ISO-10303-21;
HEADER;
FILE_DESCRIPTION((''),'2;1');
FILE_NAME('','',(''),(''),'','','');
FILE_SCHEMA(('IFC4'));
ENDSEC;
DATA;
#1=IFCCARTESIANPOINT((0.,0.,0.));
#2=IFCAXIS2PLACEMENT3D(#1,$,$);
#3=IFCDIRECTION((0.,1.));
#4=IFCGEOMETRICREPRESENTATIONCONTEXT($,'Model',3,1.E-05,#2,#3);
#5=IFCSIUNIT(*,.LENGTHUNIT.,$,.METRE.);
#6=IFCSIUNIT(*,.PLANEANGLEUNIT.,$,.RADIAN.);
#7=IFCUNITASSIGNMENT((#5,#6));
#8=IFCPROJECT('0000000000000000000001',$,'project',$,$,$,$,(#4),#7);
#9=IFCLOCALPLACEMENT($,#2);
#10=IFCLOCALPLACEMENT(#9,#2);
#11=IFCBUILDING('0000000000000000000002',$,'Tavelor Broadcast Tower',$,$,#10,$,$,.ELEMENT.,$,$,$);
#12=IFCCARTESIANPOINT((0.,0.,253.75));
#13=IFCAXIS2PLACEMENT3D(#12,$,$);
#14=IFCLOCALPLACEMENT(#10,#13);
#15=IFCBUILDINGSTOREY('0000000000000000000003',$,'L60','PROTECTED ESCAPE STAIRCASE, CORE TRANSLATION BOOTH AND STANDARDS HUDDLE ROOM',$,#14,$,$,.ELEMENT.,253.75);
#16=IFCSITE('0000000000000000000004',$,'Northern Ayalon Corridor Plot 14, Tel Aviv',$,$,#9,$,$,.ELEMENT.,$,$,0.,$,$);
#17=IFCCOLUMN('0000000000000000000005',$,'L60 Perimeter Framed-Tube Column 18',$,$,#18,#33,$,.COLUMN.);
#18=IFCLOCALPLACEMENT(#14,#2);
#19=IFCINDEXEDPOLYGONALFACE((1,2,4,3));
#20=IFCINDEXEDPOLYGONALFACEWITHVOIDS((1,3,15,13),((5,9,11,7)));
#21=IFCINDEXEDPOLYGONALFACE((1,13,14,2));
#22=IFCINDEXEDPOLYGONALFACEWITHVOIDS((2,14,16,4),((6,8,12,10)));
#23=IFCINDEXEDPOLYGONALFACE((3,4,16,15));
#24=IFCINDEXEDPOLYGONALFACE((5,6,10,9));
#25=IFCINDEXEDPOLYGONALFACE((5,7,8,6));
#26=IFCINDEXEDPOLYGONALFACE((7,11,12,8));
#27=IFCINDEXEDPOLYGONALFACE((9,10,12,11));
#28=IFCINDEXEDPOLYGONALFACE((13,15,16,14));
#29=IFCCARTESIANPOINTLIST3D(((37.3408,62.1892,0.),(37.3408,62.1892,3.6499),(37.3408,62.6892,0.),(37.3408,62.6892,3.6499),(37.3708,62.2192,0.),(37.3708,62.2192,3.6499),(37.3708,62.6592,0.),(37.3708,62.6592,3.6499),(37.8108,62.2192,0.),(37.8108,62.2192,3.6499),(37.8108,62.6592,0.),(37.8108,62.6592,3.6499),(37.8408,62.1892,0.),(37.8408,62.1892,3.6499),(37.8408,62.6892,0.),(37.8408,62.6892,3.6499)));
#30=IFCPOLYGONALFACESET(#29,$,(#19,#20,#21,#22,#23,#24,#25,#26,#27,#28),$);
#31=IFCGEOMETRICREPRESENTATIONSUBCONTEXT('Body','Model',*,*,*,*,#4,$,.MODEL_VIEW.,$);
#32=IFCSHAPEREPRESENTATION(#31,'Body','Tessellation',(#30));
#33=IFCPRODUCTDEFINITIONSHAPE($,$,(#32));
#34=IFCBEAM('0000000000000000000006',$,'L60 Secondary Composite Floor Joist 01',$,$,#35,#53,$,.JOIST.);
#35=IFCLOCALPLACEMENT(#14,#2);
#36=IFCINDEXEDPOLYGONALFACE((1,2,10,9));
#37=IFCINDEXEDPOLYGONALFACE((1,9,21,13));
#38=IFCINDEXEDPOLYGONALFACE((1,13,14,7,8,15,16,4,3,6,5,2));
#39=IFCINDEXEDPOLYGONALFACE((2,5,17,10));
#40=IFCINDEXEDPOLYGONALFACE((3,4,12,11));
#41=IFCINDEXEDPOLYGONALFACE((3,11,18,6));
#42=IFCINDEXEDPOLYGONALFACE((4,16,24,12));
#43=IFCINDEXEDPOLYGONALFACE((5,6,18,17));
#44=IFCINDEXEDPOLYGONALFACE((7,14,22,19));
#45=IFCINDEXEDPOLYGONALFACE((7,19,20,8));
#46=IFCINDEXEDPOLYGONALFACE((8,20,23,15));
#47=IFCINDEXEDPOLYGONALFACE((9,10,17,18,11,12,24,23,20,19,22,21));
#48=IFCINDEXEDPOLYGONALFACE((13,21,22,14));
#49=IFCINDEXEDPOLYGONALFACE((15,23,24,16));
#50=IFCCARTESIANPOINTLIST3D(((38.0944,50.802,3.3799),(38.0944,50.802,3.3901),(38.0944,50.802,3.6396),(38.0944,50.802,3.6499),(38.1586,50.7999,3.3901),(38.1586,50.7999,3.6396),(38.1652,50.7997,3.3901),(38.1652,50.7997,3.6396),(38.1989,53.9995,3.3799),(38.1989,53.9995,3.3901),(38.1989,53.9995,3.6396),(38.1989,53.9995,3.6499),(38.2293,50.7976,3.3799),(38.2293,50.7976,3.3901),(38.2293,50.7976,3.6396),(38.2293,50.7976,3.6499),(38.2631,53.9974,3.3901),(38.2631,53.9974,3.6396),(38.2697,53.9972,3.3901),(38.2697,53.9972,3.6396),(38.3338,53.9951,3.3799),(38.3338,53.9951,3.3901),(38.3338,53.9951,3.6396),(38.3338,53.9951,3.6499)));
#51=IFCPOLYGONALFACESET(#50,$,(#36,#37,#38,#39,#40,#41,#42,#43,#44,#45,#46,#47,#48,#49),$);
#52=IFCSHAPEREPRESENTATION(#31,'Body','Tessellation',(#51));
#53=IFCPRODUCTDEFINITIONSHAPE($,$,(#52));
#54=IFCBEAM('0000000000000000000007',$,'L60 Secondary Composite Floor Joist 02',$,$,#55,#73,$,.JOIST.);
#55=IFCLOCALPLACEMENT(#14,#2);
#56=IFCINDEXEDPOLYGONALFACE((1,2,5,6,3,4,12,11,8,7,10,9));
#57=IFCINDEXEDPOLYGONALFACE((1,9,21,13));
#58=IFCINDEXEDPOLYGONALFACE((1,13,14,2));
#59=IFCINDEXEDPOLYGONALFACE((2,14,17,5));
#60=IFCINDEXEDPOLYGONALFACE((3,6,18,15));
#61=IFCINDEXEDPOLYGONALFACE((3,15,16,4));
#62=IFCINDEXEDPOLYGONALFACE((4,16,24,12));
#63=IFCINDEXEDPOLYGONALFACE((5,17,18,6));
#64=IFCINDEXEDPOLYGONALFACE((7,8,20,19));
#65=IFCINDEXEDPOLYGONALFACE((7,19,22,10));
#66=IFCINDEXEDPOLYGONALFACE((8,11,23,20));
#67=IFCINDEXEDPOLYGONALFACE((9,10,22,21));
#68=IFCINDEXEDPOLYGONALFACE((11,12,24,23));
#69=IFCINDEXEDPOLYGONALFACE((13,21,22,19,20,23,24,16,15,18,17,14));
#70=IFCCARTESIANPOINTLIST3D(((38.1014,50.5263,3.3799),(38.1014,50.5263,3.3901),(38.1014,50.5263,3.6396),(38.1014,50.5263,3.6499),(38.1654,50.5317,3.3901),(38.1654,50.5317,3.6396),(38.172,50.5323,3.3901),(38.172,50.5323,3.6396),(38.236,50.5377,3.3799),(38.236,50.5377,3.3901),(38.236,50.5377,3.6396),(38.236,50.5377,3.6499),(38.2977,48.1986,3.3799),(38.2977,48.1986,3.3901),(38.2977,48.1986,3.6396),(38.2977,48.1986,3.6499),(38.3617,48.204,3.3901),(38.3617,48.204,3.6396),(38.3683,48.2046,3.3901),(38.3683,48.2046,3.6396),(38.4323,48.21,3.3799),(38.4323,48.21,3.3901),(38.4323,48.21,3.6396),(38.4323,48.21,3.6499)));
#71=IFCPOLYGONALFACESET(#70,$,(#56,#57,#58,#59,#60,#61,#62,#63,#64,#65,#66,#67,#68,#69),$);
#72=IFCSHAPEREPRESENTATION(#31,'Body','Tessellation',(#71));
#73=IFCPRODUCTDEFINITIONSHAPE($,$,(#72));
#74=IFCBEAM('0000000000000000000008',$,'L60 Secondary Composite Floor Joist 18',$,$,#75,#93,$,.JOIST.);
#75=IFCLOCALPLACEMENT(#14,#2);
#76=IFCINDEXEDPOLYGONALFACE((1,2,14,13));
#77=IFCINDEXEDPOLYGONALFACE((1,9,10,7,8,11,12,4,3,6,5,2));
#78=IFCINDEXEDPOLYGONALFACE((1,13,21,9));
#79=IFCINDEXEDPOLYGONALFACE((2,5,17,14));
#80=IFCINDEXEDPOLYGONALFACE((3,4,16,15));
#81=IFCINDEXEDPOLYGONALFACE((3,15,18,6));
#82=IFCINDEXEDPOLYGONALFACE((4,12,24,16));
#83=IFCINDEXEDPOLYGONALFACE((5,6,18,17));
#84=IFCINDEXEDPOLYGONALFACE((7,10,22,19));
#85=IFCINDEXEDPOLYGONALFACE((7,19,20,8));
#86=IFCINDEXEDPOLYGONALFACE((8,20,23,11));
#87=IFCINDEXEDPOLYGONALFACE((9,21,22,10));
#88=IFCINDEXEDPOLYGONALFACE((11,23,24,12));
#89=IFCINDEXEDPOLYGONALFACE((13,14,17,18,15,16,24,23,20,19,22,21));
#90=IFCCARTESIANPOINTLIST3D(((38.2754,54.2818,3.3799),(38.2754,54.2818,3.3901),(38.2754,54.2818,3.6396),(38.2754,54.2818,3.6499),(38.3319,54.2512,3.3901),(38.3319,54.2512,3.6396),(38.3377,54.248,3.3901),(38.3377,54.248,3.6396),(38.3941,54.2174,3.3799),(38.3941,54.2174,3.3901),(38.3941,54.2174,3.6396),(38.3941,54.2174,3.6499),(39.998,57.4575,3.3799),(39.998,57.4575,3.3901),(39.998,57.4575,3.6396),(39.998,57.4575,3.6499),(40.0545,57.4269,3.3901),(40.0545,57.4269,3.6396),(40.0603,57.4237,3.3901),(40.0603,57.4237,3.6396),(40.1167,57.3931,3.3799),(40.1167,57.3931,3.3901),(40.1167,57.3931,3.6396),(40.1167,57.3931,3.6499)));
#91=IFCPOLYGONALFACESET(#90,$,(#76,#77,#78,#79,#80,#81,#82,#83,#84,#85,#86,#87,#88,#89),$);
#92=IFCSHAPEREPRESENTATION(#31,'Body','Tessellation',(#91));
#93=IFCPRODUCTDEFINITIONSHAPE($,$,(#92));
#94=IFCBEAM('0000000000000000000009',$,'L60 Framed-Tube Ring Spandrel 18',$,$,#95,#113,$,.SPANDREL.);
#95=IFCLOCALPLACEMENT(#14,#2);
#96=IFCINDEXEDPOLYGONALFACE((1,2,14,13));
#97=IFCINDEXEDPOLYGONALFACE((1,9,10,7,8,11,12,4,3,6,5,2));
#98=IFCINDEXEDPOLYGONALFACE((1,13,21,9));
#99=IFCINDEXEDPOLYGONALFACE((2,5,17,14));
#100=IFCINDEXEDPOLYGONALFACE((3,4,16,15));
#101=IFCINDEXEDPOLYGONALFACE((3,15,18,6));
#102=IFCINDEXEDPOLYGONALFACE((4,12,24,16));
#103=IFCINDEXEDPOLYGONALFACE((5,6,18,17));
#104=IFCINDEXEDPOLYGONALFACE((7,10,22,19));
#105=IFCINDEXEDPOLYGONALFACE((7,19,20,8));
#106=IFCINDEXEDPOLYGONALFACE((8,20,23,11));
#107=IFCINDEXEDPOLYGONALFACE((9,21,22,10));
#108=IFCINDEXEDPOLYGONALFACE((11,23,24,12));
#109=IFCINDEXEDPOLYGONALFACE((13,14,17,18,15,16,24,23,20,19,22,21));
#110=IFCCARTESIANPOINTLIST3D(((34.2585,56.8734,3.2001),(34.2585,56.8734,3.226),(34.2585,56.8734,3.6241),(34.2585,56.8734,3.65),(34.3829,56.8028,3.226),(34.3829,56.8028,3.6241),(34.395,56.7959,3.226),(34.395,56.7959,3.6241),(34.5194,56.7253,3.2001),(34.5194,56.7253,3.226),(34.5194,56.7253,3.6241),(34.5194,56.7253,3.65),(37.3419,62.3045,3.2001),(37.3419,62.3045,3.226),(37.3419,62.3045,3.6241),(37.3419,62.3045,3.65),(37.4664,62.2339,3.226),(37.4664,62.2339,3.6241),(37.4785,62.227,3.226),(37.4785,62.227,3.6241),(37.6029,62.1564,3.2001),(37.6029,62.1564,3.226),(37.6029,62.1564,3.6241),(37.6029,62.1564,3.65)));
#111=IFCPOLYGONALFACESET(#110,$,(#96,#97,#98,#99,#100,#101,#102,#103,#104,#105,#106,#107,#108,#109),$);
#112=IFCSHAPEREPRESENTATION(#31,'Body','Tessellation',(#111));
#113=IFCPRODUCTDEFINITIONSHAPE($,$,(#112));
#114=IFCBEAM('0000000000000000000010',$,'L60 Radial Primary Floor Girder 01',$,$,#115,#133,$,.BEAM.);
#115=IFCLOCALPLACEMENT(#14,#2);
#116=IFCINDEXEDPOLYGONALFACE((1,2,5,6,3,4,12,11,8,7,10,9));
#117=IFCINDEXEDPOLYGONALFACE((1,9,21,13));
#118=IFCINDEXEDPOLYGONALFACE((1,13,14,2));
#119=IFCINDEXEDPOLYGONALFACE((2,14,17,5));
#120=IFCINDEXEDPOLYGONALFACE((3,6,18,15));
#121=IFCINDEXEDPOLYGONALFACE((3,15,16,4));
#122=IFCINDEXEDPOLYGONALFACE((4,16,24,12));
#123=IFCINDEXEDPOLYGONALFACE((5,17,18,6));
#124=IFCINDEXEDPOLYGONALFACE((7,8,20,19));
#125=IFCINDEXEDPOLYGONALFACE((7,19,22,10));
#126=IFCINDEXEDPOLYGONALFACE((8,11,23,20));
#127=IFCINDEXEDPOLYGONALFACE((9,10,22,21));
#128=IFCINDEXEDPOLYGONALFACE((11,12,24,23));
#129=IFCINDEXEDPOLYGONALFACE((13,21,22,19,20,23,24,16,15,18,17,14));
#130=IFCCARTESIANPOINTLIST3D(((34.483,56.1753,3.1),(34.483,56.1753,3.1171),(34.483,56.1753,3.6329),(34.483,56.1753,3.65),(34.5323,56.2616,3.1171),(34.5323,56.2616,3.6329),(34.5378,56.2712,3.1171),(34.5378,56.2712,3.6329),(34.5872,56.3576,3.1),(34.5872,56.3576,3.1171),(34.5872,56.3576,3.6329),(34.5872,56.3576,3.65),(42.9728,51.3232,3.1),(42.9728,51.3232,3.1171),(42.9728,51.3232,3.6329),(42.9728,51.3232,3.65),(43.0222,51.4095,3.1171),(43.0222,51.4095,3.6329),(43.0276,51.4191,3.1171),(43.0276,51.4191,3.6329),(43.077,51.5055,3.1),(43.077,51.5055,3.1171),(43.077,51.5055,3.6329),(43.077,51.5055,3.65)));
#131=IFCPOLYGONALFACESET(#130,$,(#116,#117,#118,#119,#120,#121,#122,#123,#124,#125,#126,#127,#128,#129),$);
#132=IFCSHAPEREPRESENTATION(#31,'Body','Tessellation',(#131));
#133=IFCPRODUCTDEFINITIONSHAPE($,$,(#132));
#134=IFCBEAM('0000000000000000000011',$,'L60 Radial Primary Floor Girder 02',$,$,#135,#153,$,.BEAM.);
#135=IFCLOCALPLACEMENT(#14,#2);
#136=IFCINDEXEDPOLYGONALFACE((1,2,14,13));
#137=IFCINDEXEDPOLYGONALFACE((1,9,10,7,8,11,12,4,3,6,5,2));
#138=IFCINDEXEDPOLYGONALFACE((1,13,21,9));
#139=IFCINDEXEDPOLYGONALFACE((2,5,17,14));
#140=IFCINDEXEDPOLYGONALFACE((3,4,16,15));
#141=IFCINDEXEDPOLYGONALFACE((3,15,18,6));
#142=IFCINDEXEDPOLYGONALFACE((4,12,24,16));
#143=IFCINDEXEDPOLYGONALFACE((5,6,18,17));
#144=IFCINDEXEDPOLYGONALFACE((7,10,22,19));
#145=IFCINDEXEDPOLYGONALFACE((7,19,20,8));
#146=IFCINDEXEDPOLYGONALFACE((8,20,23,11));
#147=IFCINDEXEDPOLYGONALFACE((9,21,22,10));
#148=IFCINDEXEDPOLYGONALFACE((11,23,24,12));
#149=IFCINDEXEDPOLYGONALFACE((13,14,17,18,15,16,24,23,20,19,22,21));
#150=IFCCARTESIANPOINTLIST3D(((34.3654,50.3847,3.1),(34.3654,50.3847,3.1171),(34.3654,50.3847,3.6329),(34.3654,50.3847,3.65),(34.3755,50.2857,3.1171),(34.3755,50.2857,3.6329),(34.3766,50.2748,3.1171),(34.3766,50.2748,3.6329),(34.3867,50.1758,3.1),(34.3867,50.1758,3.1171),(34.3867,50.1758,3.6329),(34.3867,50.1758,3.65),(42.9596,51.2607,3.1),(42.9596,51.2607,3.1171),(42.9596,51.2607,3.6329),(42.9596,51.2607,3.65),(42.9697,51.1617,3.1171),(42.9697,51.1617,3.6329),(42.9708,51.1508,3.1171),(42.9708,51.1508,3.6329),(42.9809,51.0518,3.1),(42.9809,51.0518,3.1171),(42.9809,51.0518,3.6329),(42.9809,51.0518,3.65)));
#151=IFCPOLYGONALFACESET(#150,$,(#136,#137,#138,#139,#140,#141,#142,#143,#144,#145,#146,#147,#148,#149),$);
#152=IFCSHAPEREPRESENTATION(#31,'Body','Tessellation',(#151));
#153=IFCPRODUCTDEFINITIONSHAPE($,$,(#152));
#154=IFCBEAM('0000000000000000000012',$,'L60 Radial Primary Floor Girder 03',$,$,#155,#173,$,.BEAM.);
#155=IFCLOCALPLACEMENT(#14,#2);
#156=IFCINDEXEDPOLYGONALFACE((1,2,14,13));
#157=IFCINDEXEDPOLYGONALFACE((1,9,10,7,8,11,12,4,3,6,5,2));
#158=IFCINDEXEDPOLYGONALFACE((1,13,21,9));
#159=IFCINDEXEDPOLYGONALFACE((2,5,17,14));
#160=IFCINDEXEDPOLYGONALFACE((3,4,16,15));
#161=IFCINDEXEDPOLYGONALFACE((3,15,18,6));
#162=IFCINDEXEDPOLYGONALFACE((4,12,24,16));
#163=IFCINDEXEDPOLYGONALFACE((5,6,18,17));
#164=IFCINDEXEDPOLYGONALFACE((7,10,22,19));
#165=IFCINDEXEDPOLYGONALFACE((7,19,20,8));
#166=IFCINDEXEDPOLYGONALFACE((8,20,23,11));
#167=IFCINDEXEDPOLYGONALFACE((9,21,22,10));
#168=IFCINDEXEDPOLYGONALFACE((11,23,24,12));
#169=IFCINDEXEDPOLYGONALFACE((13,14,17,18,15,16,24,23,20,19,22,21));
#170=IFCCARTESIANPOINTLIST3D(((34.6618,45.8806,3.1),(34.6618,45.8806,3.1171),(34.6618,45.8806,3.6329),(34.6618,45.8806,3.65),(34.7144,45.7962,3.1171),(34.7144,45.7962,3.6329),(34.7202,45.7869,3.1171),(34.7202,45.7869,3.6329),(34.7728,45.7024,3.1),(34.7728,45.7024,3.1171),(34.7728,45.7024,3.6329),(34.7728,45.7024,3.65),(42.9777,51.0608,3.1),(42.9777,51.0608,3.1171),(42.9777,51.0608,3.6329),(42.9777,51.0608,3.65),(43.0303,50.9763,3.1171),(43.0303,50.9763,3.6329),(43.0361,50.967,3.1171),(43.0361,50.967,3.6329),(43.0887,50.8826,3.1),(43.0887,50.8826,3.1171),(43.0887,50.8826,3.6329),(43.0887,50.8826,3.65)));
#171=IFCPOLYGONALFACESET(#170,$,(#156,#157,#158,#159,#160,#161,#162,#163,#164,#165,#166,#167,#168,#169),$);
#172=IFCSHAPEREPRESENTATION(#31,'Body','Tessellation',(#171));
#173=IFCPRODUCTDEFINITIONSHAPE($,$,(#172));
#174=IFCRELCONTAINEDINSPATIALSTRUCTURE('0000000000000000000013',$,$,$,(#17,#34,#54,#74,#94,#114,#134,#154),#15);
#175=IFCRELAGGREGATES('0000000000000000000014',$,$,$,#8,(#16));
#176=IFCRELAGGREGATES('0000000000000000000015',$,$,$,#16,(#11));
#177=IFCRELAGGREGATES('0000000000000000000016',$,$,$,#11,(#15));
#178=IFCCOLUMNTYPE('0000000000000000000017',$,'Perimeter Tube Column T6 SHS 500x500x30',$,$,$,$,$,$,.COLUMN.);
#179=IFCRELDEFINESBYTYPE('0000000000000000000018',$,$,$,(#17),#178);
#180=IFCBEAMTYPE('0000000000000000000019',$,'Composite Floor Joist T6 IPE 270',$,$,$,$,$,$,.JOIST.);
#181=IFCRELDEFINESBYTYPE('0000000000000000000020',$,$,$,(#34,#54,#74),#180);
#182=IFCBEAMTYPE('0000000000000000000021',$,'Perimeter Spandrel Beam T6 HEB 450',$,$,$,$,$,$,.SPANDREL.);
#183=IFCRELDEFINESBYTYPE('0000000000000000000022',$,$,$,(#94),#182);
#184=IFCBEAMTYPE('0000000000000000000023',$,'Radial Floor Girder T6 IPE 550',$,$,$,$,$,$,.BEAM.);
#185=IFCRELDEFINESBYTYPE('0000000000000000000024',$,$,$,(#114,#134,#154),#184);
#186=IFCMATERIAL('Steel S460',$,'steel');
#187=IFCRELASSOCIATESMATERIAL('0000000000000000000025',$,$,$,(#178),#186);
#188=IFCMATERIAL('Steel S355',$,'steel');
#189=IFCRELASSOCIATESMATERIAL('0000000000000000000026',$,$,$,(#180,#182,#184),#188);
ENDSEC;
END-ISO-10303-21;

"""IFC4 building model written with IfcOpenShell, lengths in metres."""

from ifc_helpers import new_model, si_unit, direction, frame, origin, origin_2d, place, context, subcontext, project, spatial, hollow_rectangle, i_section, extrude, material, material_profile, profile_set, type_object, element, save


model = new_model("IFC4")

# Units and contexts
model_context = context("Model", 3, precision=1e-05, world=origin(), true_north=direction((0.0, 1.0)))
body_context = subcontext(model_context, "Body", "Model", "MODEL_VIEW")
ifc_project = project(units=[si_unit("LENGTHUNIT", "METRE"), si_unit("PLANEANGLEUNIT", "RADIAN")], contexts=[model_context])

# Site, building, storey
site_placement = place(None, origin())
site = spatial("IfcSite", under=ifc_project, at=site_placement, Name="Northern Ayalon Corridor Plot 14, Tel Aviv", CompositionType="ELEMENT", RefElevation=0.0)
building_placement = place(site_placement, origin())
building = spatial("IfcBuilding", under=site, at=building_placement, Name="Tavelor Broadcast Tower", CompositionType="ELEMENT")
storey_placement = place(building_placement, frame((0.0, 0.0, 253.75)))
storey = spatial("IfcBuildingStorey", under=building, at=storey_placement, Name="L60", Description="PROTECTED ESCAPE STAIRCASE, CORE TRANSLATION BOOTH AND STANDARDS HUDDLE ROOM", CompositionType="ELEMENT", Elevation=253.75)

# Column
ifc_material_1 = material(Name="Steel S460", Category="steel")
ifc_material_profile_1 = material_profile(ifc_material_1, hollow_rectangle(XDim=0.5, YDim=0.5, WallThickness=0.03, at=origin_2d()), Name="SHS 500x500x30")
ifc_profile_set_1 = profile_set([ifc_material_profile_1], Name="Steel S460")
column_type = type_object("IfcColumnType", Name="Perimeter Tube Column T6 SHS 500x500x30", PredefinedType="COLUMN", material=ifc_profile_set_1)
column_placement = place(storey_placement, frame((37.5908, 62.4392, 0.0), z_axis=(0.0, 0.0, 1.0), x_axis=(1.0, 0.0, 0.0)))
element("IfcColumn", 1, at=column_placement, inside=storey, type_object=column_type, Name="L60 Perimeter Framed-Tube Column 18", PredefinedType="COLUMN", context=body_context, shape_type="SweptSolid", body=[
    extrude(hollow_rectangle(XDim=0.5, YDim=0.5, WallThickness=0.03, at=origin_2d()), origin(), (0.0, 0.0, 1.0), 3.6499),
])

# Beams
ifc_material_2 = material(Name="Steel S355", Category="steel")
ifc_material_profile_2 = material_profile(ifc_material_2, i_section(OverallWidth=0.135, OverallDepth=0.27, WebThickness=0.0066, FlangeThickness=0.0103, at=origin_2d()), Name="IPE 270")
ifc_profile_set_2 = profile_set([ifc_material_profile_2], Name="Steel S355")
beam_type_1 = type_object("IfcBeamType", Name="Composite Floor Joist T6 IPE 270", PredefinedType="JOIST", material=ifc_profile_set_2)
beam_1_placement = place(storey_placement, frame((38.2664, 53.9973, 3.5149), z_axis=(-0.032662, -0.999466, 0.0), x_axis=(0.999466, -0.032662, 0.0)))
element("IfcBeam", 2, at=beam_1_placement, inside=storey, type_object=beam_type_1, Name="L60 Secondary Composite Floor Joist 01", PredefinedType="JOIST", context=body_context, shape_type="SweptSolid", body=[
    extrude(i_section(OverallWidth=0.135, OverallDepth=0.27, WebThickness=0.0066, FlangeThickness=0.0103, at=origin_2d()), origin(), (0.0, 0.0, 1.0), 3.1992),
])
beam_2_placement = place(storey_placement, frame((38.1687, 50.532, 3.5149), z_axis=(0.084032, -0.996463, 0.0), x_axis=(0.996463, 0.084032, 0.0)))
element("IfcBeam", 3, at=beam_2_placement, inside=storey, type_object=beam_type_1, Name="L60 Secondary Composite Floor Joist 02", PredefinedType="JOIST", context=body_context, shape_type="SweptSolid", body=[
    extrude(i_section(OverallWidth=0.135, OverallDepth=0.27, WebThickness=0.0066, FlangeThickness=0.0103, at=origin_2d()), origin(), (0.0, 0.0, 1.0), 2.3359),
])
beam_3_placement = place(storey_placement, frame((40.0574, 57.4253, 3.5149), z_axis=(-0.476806, -0.879009, 0.0), x_axis=(0.879009, -0.476806, 0.0)))
element("IfcBeam", 4, at=beam_3_placement, inside=storey, type_object=beam_type_1, Name="L60 Secondary Composite Floor Joist 18", PredefinedType="JOIST", context=body_context, shape_type="SweptSolid", body=[
    extrude(i_section(OverallWidth=0.135, OverallDepth=0.27, WebThickness=0.0066, FlangeThickness=0.0103, at=origin_2d()), origin(), (0.0, 0.0, 1.0), 3.6128),
])
ifc_material_profile_3 = material_profile(ifc_material_2, i_section(OverallWidth=0.3, OverallDepth=0.45, WebThickness=0.0139, FlangeThickness=0.0259, at=origin_2d()), Name="HEB 450")
ifc_profile_set_3 = profile_set([ifc_material_profile_3], Name="Steel S355")
beam_type_2 = type_object("IfcBeamType", Name="Perimeter Spandrel Beam T6 HEB 450", PredefinedType="SPANDREL", material=ifc_profile_set_3)
beam_4_placement = place(storey_placement, frame((37.4724, 62.2305, 3.425), z_axis=(-0.493721, -0.869621, 0.0), x_axis=(0.869621, -0.493721, 0.0)))
element("IfcBeam", 5, at=beam_4_placement, inside=storey, type_object=beam_type_2, Name="L60 Framed-Tube Ring Spandrel 18", PredefinedType="SPANDREL", context=body_context, shape_type="SweptSolid", body=[
    extrude(i_section(OverallWidth=0.3, OverallDepth=0.45, WebThickness=0.0139, FlangeThickness=0.0259, at=origin_2d()), origin(), (0.0, 0.0, 1.0), 6.2454),
])
ifc_material_profile_4 = material_profile(ifc_material_2, i_section(OverallWidth=0.21, OverallDepth=0.55, WebThickness=0.011, FlangeThickness=0.0171, at=origin_2d()), Name="IPE 550")
ifc_profile_set_4 = profile_set([ifc_material_profile_4], Name="Steel S355")
beam_type_3 = type_object("IfcBeamType", Name="Radial Floor Girder T6 IPE 550", PredefinedType="BEAM", material=ifc_profile_set_4)
beam_5_placement = place(storey_placement, frame((43.0249, 51.4143, 3.375), z_axis=(-0.868209, 0.496198, 0.0), x_axis=(-0.496198, -0.868209, 0.0)))
element("IfcBeam", 6, at=beam_5_placement, inside=storey, type_object=beam_type_3, Name="L60 Radial Primary Floor Girder 01", PredefinedType="BEAM", context=body_context, shape_type="SweptSolid", body=[
    extrude(i_section(OverallWidth=0.21, OverallDepth=0.55, WebThickness=0.011, FlangeThickness=0.0171, at=origin_2d()), origin(), (0.0, 0.0, 1.0), 9.7786),
])
beam_6_placement = place(storey_placement, frame((42.9702, 51.1562, 3.375), z_axis=(-0.994846, -0.101401, 0.0), x_axis=(0.101401, -0.994846, 0.0)))
element("IfcBeam", 7, at=beam_6_placement, inside=storey, type_object=beam_type_3, Name="L60 Radial Primary Floor Girder 02", PredefinedType="BEAM", context=body_context, shape_type="SweptSolid", body=[
    extrude(i_section(OverallWidth=0.21, OverallDepth=0.55, WebThickness=0.011, FlangeThickness=0.0171, at=origin_2d()), origin(), (0.0, 0.0, 1.0), 8.6387),
])
beam_7_placement = place(storey_placement, frame((43.0332, 50.9717, 3.375), z_axis=(-0.84879, -0.528731, 0.0), x_axis=(0.528731, -0.84879, 0.0)))
element("IfcBeam", 8, at=beam_7_placement, inside=storey, type_object=beam_type_3, Name="L60 Radial Primary Floor Girder 03", PredefinedType="BEAM", context=body_context, shape_type="SweptSolid", body=[
    extrude(i_section(OverallWidth=0.21, OverallDepth=0.55, WebThickness=0.011, FlangeThickness=0.0171, at=origin_2d()), origin(), (0.0, 0.0, 1.0), 9.7974),
])

save(model, "model.ifc")
